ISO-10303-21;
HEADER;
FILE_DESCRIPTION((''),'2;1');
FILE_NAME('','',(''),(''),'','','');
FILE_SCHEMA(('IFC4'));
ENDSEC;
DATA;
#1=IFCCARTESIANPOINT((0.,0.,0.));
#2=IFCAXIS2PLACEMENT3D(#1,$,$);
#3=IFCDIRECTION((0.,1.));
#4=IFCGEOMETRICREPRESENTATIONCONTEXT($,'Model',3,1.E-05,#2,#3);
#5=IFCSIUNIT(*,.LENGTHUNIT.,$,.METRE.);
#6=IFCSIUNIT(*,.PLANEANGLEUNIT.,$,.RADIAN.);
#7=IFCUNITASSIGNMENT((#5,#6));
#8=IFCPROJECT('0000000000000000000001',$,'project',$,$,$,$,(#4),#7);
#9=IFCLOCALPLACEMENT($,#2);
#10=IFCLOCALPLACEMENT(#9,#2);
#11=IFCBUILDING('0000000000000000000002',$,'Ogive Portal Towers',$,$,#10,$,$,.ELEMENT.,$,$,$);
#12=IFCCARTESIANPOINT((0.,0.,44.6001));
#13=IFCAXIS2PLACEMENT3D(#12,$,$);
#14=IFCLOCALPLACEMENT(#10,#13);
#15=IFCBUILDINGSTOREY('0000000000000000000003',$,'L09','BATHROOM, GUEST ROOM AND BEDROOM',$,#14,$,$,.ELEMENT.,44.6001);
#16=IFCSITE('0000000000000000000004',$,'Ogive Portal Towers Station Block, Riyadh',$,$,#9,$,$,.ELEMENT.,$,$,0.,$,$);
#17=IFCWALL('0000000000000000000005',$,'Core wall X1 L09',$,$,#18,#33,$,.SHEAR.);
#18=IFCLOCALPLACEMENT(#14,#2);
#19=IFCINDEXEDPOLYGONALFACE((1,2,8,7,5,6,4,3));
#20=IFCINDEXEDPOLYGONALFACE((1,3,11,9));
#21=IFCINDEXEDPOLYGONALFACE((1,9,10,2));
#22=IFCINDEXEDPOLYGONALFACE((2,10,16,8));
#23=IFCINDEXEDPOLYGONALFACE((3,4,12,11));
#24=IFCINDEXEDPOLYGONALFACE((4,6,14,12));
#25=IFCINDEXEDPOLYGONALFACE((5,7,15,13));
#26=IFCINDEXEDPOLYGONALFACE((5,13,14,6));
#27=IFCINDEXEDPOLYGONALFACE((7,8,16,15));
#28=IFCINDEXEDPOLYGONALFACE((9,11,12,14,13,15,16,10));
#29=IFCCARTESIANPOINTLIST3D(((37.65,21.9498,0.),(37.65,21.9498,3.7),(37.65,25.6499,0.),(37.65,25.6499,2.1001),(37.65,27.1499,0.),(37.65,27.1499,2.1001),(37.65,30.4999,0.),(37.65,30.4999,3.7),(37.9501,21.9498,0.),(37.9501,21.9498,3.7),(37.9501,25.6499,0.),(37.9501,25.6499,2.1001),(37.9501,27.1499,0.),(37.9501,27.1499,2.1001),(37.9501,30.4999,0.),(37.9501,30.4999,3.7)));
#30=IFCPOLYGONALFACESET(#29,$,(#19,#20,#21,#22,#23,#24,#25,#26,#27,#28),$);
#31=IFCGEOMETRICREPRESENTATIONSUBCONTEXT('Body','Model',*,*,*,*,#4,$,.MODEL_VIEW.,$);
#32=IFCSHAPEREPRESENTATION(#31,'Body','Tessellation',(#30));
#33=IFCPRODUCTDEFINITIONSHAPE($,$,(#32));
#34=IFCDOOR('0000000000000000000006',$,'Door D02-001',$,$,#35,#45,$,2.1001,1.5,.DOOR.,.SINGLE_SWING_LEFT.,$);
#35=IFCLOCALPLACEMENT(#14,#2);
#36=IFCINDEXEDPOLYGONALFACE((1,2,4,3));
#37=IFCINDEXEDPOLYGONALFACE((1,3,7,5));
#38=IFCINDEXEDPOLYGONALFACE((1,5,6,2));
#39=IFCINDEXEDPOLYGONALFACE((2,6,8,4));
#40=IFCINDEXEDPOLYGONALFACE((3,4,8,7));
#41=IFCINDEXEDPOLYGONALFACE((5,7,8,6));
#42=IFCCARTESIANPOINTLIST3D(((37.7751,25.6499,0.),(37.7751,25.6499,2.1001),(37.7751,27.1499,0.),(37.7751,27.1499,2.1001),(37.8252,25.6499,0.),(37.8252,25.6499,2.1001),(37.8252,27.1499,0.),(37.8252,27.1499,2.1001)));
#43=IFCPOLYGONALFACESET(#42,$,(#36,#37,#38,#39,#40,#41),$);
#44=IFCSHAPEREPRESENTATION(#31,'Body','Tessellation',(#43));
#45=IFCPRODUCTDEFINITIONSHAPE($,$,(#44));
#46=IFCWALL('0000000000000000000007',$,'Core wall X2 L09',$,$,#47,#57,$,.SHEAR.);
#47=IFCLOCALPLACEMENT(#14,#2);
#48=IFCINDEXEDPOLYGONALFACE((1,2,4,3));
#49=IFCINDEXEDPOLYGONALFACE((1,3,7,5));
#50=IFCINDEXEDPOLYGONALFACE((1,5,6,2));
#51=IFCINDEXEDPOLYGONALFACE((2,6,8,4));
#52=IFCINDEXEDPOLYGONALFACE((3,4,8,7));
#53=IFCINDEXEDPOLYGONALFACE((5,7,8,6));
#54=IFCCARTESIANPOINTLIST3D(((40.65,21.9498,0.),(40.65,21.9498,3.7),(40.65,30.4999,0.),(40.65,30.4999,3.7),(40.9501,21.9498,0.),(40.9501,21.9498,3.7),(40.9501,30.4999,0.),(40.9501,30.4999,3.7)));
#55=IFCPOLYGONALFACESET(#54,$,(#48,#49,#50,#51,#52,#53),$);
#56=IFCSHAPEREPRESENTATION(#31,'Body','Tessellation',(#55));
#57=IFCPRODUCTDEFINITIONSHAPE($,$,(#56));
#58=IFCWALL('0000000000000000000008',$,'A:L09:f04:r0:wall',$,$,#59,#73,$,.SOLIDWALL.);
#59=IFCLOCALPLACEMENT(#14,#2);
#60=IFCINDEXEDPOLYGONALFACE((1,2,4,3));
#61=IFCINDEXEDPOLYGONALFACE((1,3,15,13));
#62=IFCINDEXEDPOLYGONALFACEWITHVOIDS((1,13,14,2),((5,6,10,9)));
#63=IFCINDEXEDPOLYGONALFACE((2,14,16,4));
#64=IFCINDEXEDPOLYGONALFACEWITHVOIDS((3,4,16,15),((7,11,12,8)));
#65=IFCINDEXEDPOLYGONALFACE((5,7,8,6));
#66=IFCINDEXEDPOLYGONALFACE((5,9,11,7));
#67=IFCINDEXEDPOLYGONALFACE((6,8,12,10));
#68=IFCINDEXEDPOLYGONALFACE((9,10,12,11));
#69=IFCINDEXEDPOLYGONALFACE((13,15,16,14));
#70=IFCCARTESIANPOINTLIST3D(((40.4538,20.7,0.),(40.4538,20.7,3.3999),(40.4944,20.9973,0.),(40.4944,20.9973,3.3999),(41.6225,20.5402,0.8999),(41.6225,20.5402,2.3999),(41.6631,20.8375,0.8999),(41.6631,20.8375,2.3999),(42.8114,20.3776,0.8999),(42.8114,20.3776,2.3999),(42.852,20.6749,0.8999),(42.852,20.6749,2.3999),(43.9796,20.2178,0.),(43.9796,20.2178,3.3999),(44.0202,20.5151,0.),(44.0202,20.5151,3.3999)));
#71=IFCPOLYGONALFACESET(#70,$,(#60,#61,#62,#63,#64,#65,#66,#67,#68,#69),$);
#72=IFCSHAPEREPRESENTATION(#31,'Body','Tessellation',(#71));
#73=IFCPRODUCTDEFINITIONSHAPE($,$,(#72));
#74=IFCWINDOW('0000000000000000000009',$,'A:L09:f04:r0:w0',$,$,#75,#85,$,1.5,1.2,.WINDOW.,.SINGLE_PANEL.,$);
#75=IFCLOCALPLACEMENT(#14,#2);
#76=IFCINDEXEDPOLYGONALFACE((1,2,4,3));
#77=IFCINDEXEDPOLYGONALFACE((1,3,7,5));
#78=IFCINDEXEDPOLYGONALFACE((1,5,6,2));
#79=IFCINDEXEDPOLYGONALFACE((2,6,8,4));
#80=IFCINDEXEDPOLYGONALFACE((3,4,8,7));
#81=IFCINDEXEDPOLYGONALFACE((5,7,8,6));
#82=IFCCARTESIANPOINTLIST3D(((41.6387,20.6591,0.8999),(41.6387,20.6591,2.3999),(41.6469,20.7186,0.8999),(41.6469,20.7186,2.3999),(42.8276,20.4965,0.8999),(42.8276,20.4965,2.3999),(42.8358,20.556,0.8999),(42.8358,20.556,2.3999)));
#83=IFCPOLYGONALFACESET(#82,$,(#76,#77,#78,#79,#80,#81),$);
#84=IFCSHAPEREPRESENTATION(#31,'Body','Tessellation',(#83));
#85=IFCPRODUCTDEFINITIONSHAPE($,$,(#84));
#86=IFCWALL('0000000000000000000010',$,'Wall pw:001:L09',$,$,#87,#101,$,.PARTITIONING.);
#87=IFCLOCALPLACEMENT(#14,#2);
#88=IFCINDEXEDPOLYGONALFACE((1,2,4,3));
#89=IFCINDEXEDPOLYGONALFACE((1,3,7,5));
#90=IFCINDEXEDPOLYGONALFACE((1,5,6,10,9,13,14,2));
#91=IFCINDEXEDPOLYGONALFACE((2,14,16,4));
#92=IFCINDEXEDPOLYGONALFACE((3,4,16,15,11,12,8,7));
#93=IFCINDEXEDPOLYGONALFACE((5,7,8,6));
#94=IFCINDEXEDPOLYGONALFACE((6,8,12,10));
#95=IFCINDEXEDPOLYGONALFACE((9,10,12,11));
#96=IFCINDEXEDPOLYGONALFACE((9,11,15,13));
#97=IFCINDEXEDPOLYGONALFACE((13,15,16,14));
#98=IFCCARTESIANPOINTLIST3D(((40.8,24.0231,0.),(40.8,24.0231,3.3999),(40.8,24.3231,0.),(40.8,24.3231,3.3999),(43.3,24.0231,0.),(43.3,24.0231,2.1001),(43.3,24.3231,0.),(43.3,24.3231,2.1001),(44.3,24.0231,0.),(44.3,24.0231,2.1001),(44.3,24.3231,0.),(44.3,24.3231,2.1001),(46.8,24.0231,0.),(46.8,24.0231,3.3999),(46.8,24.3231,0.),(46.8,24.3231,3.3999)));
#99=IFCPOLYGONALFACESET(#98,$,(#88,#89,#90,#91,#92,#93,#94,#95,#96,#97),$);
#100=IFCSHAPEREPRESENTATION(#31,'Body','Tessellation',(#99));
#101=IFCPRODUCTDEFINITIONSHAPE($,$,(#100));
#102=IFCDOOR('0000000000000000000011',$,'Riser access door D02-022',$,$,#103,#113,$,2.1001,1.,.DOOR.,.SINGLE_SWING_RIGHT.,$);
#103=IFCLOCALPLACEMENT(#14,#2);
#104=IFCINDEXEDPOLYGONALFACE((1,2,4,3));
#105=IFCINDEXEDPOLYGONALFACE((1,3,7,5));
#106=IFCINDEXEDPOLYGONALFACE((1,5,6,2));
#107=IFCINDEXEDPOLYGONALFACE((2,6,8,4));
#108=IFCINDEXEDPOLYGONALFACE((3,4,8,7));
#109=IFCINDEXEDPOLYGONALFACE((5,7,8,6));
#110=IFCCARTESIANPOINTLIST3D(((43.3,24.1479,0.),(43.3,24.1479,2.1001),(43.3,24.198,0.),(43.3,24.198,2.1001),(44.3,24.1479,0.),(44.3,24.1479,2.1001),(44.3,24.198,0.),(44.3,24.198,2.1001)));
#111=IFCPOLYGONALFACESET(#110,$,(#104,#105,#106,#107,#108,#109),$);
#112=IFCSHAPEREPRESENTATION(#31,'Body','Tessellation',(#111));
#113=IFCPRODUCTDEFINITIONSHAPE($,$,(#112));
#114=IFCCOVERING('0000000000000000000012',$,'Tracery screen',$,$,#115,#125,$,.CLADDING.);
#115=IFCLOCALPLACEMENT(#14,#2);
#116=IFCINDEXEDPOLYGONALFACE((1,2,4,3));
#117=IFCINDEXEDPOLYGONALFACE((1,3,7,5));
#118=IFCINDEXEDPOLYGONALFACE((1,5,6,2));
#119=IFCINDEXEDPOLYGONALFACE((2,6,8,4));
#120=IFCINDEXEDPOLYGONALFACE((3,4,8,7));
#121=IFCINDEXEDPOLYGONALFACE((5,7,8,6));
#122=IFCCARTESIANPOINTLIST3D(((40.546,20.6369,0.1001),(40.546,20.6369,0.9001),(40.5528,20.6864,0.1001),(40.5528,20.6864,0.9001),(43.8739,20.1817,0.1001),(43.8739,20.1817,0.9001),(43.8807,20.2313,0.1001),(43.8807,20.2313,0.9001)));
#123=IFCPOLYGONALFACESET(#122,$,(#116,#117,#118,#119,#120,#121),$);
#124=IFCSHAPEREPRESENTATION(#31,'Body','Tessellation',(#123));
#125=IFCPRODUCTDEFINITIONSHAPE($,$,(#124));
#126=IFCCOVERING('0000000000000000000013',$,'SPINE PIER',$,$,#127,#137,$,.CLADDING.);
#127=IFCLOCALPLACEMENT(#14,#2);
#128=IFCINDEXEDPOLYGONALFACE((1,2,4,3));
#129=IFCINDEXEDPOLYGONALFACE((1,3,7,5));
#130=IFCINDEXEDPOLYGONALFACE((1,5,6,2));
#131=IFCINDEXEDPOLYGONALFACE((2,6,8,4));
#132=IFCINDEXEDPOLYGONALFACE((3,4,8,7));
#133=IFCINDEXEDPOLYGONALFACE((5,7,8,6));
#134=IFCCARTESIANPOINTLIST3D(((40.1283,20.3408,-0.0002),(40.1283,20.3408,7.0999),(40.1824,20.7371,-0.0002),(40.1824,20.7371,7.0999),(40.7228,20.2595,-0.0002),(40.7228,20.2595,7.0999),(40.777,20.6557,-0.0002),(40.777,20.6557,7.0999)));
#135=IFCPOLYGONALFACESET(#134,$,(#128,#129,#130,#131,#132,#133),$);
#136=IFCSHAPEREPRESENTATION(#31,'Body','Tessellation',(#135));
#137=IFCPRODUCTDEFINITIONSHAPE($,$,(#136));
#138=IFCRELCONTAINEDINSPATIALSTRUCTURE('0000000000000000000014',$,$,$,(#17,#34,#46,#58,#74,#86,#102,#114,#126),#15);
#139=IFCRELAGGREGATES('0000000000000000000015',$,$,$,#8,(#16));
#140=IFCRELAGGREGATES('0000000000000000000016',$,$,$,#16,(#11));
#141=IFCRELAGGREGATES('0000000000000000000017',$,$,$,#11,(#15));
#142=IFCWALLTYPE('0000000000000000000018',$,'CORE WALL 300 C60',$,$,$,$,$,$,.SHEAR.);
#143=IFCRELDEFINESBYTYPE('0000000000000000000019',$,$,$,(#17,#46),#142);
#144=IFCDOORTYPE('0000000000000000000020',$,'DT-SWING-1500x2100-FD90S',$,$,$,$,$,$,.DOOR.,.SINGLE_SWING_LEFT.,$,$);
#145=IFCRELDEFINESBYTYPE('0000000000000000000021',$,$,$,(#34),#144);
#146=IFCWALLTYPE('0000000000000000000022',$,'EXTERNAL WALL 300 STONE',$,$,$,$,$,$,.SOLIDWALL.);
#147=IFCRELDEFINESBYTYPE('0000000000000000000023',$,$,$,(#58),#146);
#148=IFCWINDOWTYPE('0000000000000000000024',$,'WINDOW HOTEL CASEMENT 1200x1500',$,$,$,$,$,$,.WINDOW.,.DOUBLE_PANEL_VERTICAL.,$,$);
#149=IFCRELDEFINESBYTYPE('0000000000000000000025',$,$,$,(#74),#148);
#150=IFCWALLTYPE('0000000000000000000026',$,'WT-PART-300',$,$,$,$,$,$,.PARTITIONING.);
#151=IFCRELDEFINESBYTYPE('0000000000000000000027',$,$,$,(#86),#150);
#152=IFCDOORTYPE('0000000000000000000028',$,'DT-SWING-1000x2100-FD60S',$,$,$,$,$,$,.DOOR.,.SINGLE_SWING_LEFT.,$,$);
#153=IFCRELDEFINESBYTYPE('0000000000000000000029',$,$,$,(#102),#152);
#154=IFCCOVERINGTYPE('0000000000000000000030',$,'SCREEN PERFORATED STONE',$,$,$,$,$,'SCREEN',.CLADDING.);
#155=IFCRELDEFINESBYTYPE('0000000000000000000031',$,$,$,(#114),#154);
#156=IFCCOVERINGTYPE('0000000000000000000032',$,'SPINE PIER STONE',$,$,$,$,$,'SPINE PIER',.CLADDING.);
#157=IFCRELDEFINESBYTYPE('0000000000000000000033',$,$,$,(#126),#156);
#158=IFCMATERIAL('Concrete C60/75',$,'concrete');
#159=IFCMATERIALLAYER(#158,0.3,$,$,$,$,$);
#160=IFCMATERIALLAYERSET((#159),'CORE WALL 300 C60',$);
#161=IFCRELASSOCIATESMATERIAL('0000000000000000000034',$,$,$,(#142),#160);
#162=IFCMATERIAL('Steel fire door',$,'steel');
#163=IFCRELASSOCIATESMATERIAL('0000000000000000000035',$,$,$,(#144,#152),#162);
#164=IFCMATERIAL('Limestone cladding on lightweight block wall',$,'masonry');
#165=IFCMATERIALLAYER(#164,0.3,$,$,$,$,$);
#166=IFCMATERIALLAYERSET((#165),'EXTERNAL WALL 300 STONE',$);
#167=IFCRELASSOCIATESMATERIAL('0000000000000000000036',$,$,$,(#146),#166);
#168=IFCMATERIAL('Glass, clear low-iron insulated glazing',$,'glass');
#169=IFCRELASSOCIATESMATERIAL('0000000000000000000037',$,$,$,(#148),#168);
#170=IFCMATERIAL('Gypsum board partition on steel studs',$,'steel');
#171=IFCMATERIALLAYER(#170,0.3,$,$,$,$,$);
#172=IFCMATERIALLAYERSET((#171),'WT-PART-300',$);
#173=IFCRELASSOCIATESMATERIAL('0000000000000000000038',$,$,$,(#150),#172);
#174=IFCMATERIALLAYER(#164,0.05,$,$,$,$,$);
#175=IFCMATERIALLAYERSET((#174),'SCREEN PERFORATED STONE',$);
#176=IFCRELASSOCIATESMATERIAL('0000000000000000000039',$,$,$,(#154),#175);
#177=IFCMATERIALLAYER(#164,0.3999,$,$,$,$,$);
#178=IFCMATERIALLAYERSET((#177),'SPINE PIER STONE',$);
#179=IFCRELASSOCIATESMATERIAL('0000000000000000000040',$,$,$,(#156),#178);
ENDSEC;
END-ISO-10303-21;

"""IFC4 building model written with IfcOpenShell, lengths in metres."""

from ifc_helpers import new_model, si_unit, direction, frame, frame_2d, origin, origin_2d, place, context, subcontext, project, spatial, rectangle, extrude, material, layer, layer_set, type_object, element, fill, save


model = new_model("IFC4")

# Units and contexts
model_context = context("Model", 3, precision=1e-05, world=origin(), true_north=direction((0.0, 1.0)))
body_context = subcontext(model_context, "Body", "Model", "MODEL_VIEW")
ifc_project = project(units=[si_unit("LENGTHUNIT", "METRE"), si_unit("PLANEANGLEUNIT", "RADIAN")], contexts=[model_context])

# Site, building, storey
site_placement = place(None, origin())
site = spatial("IfcSite", under=ifc_project, at=site_placement, Name="Ogive Portal Towers Station Block, Riyadh", CompositionType="ELEMENT", RefElevation=0.0)
building_placement = place(site_placement, origin())
building = spatial("IfcBuilding", under=site, at=building_placement, Name="Ogive Portal Towers", CompositionType="ELEMENT")
storey_placement = place(building_placement, frame((0.0, 0.0, 44.6001)))
storey = spatial("IfcBuildingStorey", under=building, at=storey_placement, Name="L09", Description="BATHROOM, GUEST ROOM AND BEDROOM", CompositionType="ELEMENT", Elevation=44.6001)

# Wall, opening, door
ifc_material_1 = material(Name="Concrete C60/75", Category="concrete")
ifc_layer_1 = layer(ifc_material_1, 0.3)
ifc_layer_set_1 = layer_set([ifc_layer_1], Name="CORE WALL 300 C60")
wall_type_1 = type_object("IfcWallType", Name="CORE WALL 300 C60", PredefinedType="SHEAR", material=ifc_layer_set_1)
wall_1_placement = place(storey_placement, frame((37.8, 21.95, 0.0), z_axis=(0.0, 0.0, 1.0), x_axis=(0.0, 1.0, 0.0)))
wall_1 = element("IfcWall", 1, at=wall_1_placement, inside=storey, type_object=wall_type_1, Name="Core wall X1 L09", PredefinedType="SHEAR", context=body_context, shape_type="SweptSolid", body=[
    extrude(rectangle(XDim=8.55, YDim=0.3, at=frame_2d((4.2749, 0.0))), origin(), (0.0, 0.0, 1.0), 3.7),
])
opening_1_placement = place(wall_1_placement, frame((3.7, 0.0, 0.0)))
opening_1 = element("IfcOpeningElement", 2, at=opening_1_placement, cuts=wall_1, PredefinedType="OPENING", context=body_context, shape_type="SweptSolid", body=[
    extrude(rectangle(XDim=1.5, YDim=2.1001, at=frame_2d((0.75, 1.05))), frame((0.0, 0.1602, 0.0), z_axis=(0.0, -1.0, 0.0), x_axis=(1.0, 0.0, 0.0)), (0.0, 0.0, 1.0), 0.3201),
])
ifc_material_2 = material(Name="Steel fire door", Category="steel")
door_type_1 = type_object("IfcDoorType", Name="DT-SWING-1500x2100-FD90S", OperationType="SINGLE_SWING_LEFT", PredefinedType="DOOR", material=ifc_material_2)
door_1_placement = place(opening_1_placement, origin())
door_1 = element("IfcDoor", 3, at=door_1_placement, inside=storey, type_object=door_type_1, Name="Door D02-001", OperationType="SINGLE_SWING_LEFT", OverallHeight=2.1001, OverallWidth=1.5, PredefinedType="DOOR", context=body_context, shape_type="SweptSolid", body=[
    extrude(rectangle(XDim=1.5, YDim=2.1001, at=frame_2d((0.75, 1.05))), frame((0.0, 0.0249, 0.0), z_axis=(0.0, -1.0, 0.0), x_axis=(1.0, 0.0, 0.0)), (0.0, 0.0, 1.0), 0.05),
])
fill(opening_1, door_1)

# Wall
wall_2_placement = place(storey_placement, frame((40.8, 21.95, 0.0), z_axis=(0.0, 0.0, 1.0), x_axis=(0.0, 1.0, 0.0)))
element("IfcWall", 4, at=wall_2_placement, inside=storey, type_object=wall_type_1, Name="Core wall X2 L09", PredefinedType="SHEAR", context=body_context, shape_type="SweptSolid", body=[
    extrude(rectangle(XDim=8.55, YDim=0.3, at=frame_2d((4.2749, 0.0))), origin(), (0.0, 0.0, 1.0), 3.7),
])

# Wall, opening, window
ifc_material_3 = material(Name="Limestone cladding on lightweight block wall", Category="masonry")
ifc_layer_2 = layer(ifc_material_3, 0.3)
ifc_layer_set_2 = layer_set([ifc_layer_2], Name="EXTERNAL WALL 300 STONE")
wall_type_2 = type_object("IfcWallType", Name="EXTERNAL WALL 300 STONE", PredefinedType="SOLIDWALL", material=ifc_layer_set_2)
wall_3_placement = place(storey_placement, frame((40.4741, 20.8486, 0.0), z_axis=(0.0, 0.0, 1.0), x_axis=(0.990778, -0.135493, 0.0)))
wall_3 = element("IfcWall", 5, at=wall_3_placement, inside=storey, type_object=wall_type_2, Name="A:L09:f04:r0:wall", PredefinedType="SOLIDWALL", context=body_context, shape_type="SweptSolid", body=[
    extrude(rectangle(XDim=3.5586, YDim=0.3, at=frame_2d((1.7793, 0.0))), origin(), (0.0, 0.0, 1.0), 3.3999),
])
opening_2_placement = place(wall_3_placement, frame((1.1794, 0.0, 0.8999)))
opening_2 = element("IfcOpeningElement", 6, at=opening_2_placement, cuts=wall_3, PredefinedType="OPENING", context=body_context, shape_type="SweptSolid", body=[
    extrude(rectangle(XDim=1.2, YDim=1.5, at=frame_2d((0.6001, 0.75))), frame((0.0, 0.1602, 0.0), z_axis=(0.0, -1.0, 0.0), x_axis=(1.0, 0.0, 0.0)), (0.0, 0.0, 1.0), 0.3201),
])
ifc_material_4 = material(Name="Glass, clear low-iron insulated glazing", Category="glass")
window_type_1 = type_object("IfcWindowType", Name="WINDOW HOTEL CASEMENT 1200x1500", PartitioningType="DOUBLE_PANEL_VERTICAL", PredefinedType="WINDOW", material=ifc_material_4)
window_1_placement = place(opening_2_placement, origin())
window_1 = element("IfcWindow", 7, at=window_1_placement, inside=storey, type_object=window_type_1, Name="A:L09:f04:r0:w0", OverallHeight=1.5, OverallWidth=1.2, PartitioningType="SINGLE_PANEL", PredefinedType="WINDOW", context=body_context, shape_type="SweptSolid", body=[
    extrude(rectangle(XDim=1.2, YDim=1.5, at=frame_2d((0.6001, 0.75))), frame((0.0, 0.03, 0.0), z_axis=(0.0, -1.0, 0.0), x_axis=(1.0, 0.0, 0.0)), (0.0, 0.0, 1.0), 0.0601),
])
fill(opening_2, window_1)

# Wall, opening, door
ifc_material_5 = material(Name="Gypsum board partition on steel studs", Category="steel")
ifc_layer_3 = layer(ifc_material_5, 0.3)
ifc_layer_set_3 = layer_set([ifc_layer_3], Name="WT-PART-300")
wall_type_3 = type_object("IfcWallType", Name="WT-PART-300", PredefinedType="PARTITIONING", material=ifc_layer_set_3)
wall_4_placement = place(storey_placement, frame((40.8, 24.1731, 0.0), z_axis=(0.0, 0.0, 1.0), x_axis=(1.0, 0.0, 0.0)))
wall_4 = element("IfcWall", 8, at=wall_4_placement, inside=storey, type_object=wall_type_3, Name="Wall pw:001:L09", PredefinedType="PARTITIONING", context=body_context, shape_type="SweptSolid", body=[
    extrude(rectangle(XDim=6.0, YDim=0.3, at=frame_2d((3.0, 0.0))), origin(), (0.0, 0.0, 1.0), 3.3999),
])
opening_3_placement = place(wall_4_placement, frame((2.5, 0.0, 0.0)))
opening_3 = element("IfcOpeningElement", 9, at=opening_3_placement, cuts=wall_4, PredefinedType="OPENING", context=body_context, shape_type="SweptSolid", body=[
    extrude(rectangle(XDim=1.0, YDim=2.1001, at=frame_2d((0.5, 1.05))), frame((0.0, 0.1602, 0.0), z_axis=(0.0, -1.0, 0.0), x_axis=(1.0, 0.0, 0.0)), (0.0, 0.0, 1.0), 0.3201),
])
door_type_2 = type_object("IfcDoorType", Name="DT-SWING-1000x2100-FD60S", OperationType="SINGLE_SWING_LEFT", PredefinedType="DOOR", material=ifc_material_2)
door_2_placement = place(opening_3_placement, origin())
door_2 = element("IfcDoor", 10, at=door_2_placement, inside=storey, type_object=door_type_2, Name="Riser access door D02-022", OperationType="SINGLE_SWING_RIGHT", OverallHeight=2.1001, OverallWidth=1.0, PredefinedType="DOOR", context=body_context, shape_type="SweptSolid", body=[
    extrude(rectangle(XDim=1.0, YDim=2.1001, at=frame_2d((0.5, 1.05))), frame((0.0, 0.0249, 0.0), z_axis=(0.0, -1.0, 0.0), x_axis=(1.0, 0.0, 0.0)), (0.0, 0.0, 1.0), 0.05),
])
fill(opening_3, door_2)

# Coverings
ifc_layer_4 = layer(ifc_material_3, 0.05)
ifc_layer_set_4 = layer_set([ifc_layer_4], Name="SCREEN PERFORATED STONE")
covering_type_1 = type_object("IfcCoveringType", Name="SCREEN PERFORATED STONE", ElementType="SCREEN", PredefinedType="CLADDING", material=ifc_layer_set_4)
covering_1_placement = place(storey_placement, frame((42.2134, 20.4341, 0.1001), z_axis=(0.0, 0.0, 1.0), x_axis=(0.990777, -0.1355, 0.0)))
element("IfcCovering", 11, at=covering_1_placement, inside=storey, type_object=covering_type_1, Name="Tracery screen", PredefinedType="CLADDING", context=body_context, shape_type="SweptSolid", body=[
    extrude(rectangle(XDim=3.3589, YDim=0.05, at=origin_2d()), origin(), (0.0, 0.0, 1.0), 0.8),
])
ifc_layer_5 = layer(ifc_material_3, 0.3999)
ifc_layer_set_5 = layer_set([ifc_layer_5], Name="SPINE PIER STONE")
covering_type_2 = type_object("IfcCoveringType", Name="SPINE PIER STONE", ElementType="SPINE PIER", PredefinedType="CLADDING", material=ifc_layer_set_5)
covering_2_placement = place(storey_placement, frame((40.4526, 20.4983, -0.0002), z_axis=(0.0, 0.0, 1.0), x_axis=(0.990777, -0.135499, 0.0)))
element("IfcCovering", 12, at=covering_2_placement, inside=storey, type_object=covering_type_2, Name="SPINE PIER", PredefinedType="CLADDING", context=body_context, shape_type="SweptSolid", body=[
    extrude(rectangle(XDim=0.6001, YDim=0.3999, at=origin_2d()), origin(), (0.0, 0.0, 1.0), 7.1001),
])

save(model, "model.ifc")
